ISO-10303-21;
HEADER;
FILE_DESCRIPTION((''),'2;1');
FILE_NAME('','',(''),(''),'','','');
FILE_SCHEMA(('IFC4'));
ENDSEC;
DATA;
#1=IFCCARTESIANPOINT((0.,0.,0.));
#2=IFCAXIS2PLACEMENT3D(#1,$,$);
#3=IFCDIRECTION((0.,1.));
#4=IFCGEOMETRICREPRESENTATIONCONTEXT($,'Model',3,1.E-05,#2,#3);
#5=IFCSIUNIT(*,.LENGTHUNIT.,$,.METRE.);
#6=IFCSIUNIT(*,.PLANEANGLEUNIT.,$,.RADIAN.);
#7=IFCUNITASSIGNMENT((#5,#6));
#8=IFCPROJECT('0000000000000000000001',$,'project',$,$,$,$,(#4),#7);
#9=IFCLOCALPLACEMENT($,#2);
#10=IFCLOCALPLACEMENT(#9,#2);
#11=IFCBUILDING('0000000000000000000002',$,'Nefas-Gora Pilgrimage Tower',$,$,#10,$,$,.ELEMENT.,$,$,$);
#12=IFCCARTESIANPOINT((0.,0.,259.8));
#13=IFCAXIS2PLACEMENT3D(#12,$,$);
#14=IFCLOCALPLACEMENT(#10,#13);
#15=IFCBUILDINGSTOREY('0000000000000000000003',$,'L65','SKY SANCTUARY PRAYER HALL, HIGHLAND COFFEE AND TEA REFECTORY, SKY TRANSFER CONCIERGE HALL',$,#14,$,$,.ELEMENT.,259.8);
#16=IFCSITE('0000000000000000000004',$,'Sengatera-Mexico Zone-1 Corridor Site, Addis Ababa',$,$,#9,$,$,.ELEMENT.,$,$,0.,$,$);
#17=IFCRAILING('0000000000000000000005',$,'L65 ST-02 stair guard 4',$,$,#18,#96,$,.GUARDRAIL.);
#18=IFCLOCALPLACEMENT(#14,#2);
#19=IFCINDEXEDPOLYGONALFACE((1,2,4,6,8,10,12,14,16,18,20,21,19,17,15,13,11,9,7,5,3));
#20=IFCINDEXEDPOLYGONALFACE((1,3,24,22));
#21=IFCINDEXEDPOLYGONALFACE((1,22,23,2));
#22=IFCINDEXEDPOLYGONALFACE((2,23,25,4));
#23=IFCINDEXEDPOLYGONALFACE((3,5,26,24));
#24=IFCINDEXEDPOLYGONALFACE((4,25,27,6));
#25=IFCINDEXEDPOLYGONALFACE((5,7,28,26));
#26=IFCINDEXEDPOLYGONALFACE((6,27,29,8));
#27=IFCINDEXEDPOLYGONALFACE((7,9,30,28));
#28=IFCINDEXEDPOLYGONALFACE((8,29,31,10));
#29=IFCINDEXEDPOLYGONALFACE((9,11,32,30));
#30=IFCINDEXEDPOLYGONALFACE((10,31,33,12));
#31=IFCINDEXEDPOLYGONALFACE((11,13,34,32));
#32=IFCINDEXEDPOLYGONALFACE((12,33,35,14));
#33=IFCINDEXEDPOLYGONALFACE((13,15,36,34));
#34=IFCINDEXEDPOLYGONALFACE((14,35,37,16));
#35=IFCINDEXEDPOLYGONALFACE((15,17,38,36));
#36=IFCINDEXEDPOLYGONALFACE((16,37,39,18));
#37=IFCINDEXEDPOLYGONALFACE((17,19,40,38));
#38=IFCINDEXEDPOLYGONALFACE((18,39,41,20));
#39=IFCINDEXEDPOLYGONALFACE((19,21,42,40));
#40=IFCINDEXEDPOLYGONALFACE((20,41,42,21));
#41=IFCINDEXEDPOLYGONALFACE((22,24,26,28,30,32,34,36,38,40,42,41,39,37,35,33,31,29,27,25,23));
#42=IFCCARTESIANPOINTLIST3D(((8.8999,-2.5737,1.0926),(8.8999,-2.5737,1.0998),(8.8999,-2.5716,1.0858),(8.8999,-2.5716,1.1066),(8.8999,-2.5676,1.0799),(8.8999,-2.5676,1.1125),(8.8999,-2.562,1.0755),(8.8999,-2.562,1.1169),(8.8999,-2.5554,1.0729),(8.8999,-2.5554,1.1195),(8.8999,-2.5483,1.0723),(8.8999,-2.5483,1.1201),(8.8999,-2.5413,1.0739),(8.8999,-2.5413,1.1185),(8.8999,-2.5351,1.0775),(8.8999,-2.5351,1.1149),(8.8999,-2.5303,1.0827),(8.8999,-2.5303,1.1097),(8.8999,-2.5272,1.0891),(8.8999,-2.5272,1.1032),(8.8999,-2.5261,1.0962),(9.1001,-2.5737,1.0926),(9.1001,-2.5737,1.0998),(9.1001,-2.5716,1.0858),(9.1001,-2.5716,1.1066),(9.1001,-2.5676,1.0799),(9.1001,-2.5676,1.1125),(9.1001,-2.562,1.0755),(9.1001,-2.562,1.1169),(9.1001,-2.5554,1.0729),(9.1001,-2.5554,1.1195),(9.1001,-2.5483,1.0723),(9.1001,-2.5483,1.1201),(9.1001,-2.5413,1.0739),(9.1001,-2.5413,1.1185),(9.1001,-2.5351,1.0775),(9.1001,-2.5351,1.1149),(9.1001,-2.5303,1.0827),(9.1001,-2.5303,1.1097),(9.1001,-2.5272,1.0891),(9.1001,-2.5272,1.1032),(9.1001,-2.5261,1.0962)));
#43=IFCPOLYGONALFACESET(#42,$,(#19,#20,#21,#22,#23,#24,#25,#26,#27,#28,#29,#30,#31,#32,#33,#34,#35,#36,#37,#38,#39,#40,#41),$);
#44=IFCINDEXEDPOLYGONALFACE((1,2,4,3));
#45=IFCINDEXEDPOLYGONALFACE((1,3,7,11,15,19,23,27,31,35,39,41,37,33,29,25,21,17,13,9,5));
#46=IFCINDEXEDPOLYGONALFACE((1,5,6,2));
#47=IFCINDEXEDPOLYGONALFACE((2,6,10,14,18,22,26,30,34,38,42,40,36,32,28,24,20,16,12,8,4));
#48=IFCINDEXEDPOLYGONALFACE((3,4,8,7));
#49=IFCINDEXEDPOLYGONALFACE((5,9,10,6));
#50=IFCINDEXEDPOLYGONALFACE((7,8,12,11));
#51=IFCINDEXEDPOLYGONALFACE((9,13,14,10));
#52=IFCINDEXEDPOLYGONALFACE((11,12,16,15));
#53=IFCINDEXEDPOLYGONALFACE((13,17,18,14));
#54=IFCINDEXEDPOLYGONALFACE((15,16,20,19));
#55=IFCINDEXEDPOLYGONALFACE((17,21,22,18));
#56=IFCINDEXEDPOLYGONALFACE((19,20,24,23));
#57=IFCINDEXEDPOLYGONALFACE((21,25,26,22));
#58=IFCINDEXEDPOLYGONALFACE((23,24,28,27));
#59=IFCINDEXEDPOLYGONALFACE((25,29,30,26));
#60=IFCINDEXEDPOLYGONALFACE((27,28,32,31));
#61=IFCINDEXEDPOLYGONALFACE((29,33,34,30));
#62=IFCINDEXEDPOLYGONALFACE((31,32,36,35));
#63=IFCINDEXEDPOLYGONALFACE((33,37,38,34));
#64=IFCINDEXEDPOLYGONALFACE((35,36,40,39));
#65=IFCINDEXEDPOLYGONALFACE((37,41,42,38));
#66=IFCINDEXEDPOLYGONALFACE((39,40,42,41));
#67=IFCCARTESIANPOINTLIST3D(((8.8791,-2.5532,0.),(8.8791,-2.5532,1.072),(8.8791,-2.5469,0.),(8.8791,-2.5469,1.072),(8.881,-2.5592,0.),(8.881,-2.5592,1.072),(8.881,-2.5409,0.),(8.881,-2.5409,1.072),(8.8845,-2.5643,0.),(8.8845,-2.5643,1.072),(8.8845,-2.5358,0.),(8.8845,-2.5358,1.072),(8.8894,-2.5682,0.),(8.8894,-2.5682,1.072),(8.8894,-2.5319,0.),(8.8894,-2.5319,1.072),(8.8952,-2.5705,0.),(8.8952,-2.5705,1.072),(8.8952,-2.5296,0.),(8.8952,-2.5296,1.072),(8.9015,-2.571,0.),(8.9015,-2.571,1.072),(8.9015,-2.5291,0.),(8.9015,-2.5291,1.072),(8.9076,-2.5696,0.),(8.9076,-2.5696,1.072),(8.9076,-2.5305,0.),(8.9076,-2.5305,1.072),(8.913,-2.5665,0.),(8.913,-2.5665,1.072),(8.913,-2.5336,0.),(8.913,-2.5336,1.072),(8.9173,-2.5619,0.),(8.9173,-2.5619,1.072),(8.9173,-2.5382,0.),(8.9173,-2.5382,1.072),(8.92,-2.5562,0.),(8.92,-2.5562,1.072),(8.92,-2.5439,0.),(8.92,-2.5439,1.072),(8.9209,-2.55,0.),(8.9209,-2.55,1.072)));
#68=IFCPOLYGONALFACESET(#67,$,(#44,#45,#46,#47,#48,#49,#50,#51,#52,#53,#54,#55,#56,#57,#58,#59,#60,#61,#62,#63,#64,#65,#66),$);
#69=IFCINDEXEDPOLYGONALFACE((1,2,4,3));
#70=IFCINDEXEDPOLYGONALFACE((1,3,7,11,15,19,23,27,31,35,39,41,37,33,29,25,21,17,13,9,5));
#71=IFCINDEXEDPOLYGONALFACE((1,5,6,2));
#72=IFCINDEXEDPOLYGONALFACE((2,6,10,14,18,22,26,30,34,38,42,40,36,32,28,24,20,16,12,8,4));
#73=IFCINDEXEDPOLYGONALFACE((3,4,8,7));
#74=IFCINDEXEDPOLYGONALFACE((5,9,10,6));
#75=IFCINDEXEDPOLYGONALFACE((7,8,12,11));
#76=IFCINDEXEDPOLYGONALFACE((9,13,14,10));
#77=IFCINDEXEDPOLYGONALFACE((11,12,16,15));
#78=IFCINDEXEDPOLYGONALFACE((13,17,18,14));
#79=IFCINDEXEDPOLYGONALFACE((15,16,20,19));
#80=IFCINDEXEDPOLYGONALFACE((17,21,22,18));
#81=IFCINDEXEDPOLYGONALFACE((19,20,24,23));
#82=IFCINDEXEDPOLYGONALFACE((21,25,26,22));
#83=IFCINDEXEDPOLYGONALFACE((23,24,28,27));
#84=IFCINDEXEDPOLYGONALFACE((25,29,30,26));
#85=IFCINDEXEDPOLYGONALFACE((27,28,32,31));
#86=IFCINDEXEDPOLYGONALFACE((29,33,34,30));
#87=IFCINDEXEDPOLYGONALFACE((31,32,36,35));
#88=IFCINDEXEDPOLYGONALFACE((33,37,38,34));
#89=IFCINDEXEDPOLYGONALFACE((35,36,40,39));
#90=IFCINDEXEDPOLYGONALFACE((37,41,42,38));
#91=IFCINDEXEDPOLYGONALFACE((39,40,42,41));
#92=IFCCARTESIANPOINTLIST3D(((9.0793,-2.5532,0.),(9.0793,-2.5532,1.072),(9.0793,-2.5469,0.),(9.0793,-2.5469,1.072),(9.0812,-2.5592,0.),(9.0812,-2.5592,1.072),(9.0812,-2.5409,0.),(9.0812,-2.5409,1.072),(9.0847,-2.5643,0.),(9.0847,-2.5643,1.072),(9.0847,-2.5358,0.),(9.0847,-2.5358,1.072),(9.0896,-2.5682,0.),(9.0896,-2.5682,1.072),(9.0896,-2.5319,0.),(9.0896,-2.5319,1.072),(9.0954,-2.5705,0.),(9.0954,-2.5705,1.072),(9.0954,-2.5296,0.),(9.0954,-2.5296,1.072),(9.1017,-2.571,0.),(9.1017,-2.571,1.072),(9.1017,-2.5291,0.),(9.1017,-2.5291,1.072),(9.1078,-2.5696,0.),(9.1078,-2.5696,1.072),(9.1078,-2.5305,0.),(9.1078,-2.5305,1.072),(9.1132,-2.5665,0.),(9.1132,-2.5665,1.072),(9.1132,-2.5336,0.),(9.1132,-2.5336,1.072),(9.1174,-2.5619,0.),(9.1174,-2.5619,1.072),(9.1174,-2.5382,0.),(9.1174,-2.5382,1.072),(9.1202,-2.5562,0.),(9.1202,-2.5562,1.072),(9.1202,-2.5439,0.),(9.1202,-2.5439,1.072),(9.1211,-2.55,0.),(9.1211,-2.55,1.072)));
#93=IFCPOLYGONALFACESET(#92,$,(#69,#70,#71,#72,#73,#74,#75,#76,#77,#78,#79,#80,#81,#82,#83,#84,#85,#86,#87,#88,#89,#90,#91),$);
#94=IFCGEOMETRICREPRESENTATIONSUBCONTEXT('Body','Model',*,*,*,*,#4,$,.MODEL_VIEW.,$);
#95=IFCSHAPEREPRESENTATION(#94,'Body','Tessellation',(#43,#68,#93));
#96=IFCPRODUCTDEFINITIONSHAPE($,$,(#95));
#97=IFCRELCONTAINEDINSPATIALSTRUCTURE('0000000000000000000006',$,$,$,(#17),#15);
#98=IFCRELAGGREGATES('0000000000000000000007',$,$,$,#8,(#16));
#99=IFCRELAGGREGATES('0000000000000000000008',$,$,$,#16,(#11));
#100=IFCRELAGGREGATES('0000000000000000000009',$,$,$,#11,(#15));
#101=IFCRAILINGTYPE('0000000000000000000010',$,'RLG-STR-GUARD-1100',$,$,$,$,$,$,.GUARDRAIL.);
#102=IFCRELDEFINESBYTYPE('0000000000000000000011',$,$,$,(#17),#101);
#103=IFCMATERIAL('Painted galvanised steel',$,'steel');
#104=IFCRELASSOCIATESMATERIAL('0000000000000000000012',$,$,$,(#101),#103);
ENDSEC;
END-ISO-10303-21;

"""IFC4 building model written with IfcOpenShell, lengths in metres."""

from ifc_helpers import new_model, si_unit, direction, frame, origin, origin_2d, place, context, subcontext, project, spatial, circle, extrude, material, type_object, element, save


model = new_model("IFC4")

# Units and contexts
model_context = context("Model", 3, precision=1e-05, world=origin(), true_north=direction((0.0, 1.0)))
body_context = subcontext(model_context, "Body", "Model", "MODEL_VIEW")
ifc_project = project(units=[si_unit("LENGTHUNIT", "METRE"), si_unit("PLANEANGLEUNIT", "RADIAN")], contexts=[model_context])

# Site, building, storey
site_placement = place(None, origin())
site = spatial("IfcSite", under=ifc_project, at=site_placement, Name="Sengatera-Mexico Zone-1 Corridor Site, Addis Ababa", CompositionType="ELEMENT", RefElevation=0.0)
building_placement = place(site_placement, origin())
building = spatial("IfcBuilding", under=site, at=building_placement, Name="Nefas-Gora Pilgrimage Tower", CompositionType="ELEMENT")
storey_placement = place(building_placement, frame((0.0, 0.0, 259.8)))
storey = spatial("IfcBuildingStorey", under=building, at=storey_placement, Name="L65", Description="SKY SANCTUARY PRAYER HALL, HIGHLAND COFFEE AND TEA REFECTORY, SKY TRANSFER CONCIERGE HALL", CompositionType="ELEMENT", Elevation=259.8)

# Railing
ifc_material_1 = material(Name="Painted galvanised steel", Category="steel")
railing_type_1 = type_object("IfcRailingType", Name="RLG-STR-GUARD-1100", PredefinedType="GUARDRAIL", material=ifc_material_1)
railing_1_placement = place(storey_placement, frame((8.8999, -2.55, 0.0)))
element("IfcRailing", 1, at=railing_1_placement, inside=storey, type_object=railing_type_1, Name="L65 ST-02 stair guard 4", PredefinedType="GUARDRAIL", context=body_context, shape_type="SweptSolid", body=[
    extrude(circle(Radius=0.0239, at=origin_2d()), frame((0.0, 0.0, 1.0962), z_axis=(1.0, 0.0, 0.0), x_axis=(0.0, 1.0, 0.0)), (0.0, 0.0, 1.0), 0.2002),
    extrude(circle(Radius=0.021, at=origin_2d()), origin(), (0.0, 0.0, 1.0), 1.072),
    extrude(circle(Radius=0.021, at=origin_2d()), frame((0.2002, 0.0, 0.0)), (0.0, 0.0, 1.0), 1.072),
])

save(model, "model.ifc")
